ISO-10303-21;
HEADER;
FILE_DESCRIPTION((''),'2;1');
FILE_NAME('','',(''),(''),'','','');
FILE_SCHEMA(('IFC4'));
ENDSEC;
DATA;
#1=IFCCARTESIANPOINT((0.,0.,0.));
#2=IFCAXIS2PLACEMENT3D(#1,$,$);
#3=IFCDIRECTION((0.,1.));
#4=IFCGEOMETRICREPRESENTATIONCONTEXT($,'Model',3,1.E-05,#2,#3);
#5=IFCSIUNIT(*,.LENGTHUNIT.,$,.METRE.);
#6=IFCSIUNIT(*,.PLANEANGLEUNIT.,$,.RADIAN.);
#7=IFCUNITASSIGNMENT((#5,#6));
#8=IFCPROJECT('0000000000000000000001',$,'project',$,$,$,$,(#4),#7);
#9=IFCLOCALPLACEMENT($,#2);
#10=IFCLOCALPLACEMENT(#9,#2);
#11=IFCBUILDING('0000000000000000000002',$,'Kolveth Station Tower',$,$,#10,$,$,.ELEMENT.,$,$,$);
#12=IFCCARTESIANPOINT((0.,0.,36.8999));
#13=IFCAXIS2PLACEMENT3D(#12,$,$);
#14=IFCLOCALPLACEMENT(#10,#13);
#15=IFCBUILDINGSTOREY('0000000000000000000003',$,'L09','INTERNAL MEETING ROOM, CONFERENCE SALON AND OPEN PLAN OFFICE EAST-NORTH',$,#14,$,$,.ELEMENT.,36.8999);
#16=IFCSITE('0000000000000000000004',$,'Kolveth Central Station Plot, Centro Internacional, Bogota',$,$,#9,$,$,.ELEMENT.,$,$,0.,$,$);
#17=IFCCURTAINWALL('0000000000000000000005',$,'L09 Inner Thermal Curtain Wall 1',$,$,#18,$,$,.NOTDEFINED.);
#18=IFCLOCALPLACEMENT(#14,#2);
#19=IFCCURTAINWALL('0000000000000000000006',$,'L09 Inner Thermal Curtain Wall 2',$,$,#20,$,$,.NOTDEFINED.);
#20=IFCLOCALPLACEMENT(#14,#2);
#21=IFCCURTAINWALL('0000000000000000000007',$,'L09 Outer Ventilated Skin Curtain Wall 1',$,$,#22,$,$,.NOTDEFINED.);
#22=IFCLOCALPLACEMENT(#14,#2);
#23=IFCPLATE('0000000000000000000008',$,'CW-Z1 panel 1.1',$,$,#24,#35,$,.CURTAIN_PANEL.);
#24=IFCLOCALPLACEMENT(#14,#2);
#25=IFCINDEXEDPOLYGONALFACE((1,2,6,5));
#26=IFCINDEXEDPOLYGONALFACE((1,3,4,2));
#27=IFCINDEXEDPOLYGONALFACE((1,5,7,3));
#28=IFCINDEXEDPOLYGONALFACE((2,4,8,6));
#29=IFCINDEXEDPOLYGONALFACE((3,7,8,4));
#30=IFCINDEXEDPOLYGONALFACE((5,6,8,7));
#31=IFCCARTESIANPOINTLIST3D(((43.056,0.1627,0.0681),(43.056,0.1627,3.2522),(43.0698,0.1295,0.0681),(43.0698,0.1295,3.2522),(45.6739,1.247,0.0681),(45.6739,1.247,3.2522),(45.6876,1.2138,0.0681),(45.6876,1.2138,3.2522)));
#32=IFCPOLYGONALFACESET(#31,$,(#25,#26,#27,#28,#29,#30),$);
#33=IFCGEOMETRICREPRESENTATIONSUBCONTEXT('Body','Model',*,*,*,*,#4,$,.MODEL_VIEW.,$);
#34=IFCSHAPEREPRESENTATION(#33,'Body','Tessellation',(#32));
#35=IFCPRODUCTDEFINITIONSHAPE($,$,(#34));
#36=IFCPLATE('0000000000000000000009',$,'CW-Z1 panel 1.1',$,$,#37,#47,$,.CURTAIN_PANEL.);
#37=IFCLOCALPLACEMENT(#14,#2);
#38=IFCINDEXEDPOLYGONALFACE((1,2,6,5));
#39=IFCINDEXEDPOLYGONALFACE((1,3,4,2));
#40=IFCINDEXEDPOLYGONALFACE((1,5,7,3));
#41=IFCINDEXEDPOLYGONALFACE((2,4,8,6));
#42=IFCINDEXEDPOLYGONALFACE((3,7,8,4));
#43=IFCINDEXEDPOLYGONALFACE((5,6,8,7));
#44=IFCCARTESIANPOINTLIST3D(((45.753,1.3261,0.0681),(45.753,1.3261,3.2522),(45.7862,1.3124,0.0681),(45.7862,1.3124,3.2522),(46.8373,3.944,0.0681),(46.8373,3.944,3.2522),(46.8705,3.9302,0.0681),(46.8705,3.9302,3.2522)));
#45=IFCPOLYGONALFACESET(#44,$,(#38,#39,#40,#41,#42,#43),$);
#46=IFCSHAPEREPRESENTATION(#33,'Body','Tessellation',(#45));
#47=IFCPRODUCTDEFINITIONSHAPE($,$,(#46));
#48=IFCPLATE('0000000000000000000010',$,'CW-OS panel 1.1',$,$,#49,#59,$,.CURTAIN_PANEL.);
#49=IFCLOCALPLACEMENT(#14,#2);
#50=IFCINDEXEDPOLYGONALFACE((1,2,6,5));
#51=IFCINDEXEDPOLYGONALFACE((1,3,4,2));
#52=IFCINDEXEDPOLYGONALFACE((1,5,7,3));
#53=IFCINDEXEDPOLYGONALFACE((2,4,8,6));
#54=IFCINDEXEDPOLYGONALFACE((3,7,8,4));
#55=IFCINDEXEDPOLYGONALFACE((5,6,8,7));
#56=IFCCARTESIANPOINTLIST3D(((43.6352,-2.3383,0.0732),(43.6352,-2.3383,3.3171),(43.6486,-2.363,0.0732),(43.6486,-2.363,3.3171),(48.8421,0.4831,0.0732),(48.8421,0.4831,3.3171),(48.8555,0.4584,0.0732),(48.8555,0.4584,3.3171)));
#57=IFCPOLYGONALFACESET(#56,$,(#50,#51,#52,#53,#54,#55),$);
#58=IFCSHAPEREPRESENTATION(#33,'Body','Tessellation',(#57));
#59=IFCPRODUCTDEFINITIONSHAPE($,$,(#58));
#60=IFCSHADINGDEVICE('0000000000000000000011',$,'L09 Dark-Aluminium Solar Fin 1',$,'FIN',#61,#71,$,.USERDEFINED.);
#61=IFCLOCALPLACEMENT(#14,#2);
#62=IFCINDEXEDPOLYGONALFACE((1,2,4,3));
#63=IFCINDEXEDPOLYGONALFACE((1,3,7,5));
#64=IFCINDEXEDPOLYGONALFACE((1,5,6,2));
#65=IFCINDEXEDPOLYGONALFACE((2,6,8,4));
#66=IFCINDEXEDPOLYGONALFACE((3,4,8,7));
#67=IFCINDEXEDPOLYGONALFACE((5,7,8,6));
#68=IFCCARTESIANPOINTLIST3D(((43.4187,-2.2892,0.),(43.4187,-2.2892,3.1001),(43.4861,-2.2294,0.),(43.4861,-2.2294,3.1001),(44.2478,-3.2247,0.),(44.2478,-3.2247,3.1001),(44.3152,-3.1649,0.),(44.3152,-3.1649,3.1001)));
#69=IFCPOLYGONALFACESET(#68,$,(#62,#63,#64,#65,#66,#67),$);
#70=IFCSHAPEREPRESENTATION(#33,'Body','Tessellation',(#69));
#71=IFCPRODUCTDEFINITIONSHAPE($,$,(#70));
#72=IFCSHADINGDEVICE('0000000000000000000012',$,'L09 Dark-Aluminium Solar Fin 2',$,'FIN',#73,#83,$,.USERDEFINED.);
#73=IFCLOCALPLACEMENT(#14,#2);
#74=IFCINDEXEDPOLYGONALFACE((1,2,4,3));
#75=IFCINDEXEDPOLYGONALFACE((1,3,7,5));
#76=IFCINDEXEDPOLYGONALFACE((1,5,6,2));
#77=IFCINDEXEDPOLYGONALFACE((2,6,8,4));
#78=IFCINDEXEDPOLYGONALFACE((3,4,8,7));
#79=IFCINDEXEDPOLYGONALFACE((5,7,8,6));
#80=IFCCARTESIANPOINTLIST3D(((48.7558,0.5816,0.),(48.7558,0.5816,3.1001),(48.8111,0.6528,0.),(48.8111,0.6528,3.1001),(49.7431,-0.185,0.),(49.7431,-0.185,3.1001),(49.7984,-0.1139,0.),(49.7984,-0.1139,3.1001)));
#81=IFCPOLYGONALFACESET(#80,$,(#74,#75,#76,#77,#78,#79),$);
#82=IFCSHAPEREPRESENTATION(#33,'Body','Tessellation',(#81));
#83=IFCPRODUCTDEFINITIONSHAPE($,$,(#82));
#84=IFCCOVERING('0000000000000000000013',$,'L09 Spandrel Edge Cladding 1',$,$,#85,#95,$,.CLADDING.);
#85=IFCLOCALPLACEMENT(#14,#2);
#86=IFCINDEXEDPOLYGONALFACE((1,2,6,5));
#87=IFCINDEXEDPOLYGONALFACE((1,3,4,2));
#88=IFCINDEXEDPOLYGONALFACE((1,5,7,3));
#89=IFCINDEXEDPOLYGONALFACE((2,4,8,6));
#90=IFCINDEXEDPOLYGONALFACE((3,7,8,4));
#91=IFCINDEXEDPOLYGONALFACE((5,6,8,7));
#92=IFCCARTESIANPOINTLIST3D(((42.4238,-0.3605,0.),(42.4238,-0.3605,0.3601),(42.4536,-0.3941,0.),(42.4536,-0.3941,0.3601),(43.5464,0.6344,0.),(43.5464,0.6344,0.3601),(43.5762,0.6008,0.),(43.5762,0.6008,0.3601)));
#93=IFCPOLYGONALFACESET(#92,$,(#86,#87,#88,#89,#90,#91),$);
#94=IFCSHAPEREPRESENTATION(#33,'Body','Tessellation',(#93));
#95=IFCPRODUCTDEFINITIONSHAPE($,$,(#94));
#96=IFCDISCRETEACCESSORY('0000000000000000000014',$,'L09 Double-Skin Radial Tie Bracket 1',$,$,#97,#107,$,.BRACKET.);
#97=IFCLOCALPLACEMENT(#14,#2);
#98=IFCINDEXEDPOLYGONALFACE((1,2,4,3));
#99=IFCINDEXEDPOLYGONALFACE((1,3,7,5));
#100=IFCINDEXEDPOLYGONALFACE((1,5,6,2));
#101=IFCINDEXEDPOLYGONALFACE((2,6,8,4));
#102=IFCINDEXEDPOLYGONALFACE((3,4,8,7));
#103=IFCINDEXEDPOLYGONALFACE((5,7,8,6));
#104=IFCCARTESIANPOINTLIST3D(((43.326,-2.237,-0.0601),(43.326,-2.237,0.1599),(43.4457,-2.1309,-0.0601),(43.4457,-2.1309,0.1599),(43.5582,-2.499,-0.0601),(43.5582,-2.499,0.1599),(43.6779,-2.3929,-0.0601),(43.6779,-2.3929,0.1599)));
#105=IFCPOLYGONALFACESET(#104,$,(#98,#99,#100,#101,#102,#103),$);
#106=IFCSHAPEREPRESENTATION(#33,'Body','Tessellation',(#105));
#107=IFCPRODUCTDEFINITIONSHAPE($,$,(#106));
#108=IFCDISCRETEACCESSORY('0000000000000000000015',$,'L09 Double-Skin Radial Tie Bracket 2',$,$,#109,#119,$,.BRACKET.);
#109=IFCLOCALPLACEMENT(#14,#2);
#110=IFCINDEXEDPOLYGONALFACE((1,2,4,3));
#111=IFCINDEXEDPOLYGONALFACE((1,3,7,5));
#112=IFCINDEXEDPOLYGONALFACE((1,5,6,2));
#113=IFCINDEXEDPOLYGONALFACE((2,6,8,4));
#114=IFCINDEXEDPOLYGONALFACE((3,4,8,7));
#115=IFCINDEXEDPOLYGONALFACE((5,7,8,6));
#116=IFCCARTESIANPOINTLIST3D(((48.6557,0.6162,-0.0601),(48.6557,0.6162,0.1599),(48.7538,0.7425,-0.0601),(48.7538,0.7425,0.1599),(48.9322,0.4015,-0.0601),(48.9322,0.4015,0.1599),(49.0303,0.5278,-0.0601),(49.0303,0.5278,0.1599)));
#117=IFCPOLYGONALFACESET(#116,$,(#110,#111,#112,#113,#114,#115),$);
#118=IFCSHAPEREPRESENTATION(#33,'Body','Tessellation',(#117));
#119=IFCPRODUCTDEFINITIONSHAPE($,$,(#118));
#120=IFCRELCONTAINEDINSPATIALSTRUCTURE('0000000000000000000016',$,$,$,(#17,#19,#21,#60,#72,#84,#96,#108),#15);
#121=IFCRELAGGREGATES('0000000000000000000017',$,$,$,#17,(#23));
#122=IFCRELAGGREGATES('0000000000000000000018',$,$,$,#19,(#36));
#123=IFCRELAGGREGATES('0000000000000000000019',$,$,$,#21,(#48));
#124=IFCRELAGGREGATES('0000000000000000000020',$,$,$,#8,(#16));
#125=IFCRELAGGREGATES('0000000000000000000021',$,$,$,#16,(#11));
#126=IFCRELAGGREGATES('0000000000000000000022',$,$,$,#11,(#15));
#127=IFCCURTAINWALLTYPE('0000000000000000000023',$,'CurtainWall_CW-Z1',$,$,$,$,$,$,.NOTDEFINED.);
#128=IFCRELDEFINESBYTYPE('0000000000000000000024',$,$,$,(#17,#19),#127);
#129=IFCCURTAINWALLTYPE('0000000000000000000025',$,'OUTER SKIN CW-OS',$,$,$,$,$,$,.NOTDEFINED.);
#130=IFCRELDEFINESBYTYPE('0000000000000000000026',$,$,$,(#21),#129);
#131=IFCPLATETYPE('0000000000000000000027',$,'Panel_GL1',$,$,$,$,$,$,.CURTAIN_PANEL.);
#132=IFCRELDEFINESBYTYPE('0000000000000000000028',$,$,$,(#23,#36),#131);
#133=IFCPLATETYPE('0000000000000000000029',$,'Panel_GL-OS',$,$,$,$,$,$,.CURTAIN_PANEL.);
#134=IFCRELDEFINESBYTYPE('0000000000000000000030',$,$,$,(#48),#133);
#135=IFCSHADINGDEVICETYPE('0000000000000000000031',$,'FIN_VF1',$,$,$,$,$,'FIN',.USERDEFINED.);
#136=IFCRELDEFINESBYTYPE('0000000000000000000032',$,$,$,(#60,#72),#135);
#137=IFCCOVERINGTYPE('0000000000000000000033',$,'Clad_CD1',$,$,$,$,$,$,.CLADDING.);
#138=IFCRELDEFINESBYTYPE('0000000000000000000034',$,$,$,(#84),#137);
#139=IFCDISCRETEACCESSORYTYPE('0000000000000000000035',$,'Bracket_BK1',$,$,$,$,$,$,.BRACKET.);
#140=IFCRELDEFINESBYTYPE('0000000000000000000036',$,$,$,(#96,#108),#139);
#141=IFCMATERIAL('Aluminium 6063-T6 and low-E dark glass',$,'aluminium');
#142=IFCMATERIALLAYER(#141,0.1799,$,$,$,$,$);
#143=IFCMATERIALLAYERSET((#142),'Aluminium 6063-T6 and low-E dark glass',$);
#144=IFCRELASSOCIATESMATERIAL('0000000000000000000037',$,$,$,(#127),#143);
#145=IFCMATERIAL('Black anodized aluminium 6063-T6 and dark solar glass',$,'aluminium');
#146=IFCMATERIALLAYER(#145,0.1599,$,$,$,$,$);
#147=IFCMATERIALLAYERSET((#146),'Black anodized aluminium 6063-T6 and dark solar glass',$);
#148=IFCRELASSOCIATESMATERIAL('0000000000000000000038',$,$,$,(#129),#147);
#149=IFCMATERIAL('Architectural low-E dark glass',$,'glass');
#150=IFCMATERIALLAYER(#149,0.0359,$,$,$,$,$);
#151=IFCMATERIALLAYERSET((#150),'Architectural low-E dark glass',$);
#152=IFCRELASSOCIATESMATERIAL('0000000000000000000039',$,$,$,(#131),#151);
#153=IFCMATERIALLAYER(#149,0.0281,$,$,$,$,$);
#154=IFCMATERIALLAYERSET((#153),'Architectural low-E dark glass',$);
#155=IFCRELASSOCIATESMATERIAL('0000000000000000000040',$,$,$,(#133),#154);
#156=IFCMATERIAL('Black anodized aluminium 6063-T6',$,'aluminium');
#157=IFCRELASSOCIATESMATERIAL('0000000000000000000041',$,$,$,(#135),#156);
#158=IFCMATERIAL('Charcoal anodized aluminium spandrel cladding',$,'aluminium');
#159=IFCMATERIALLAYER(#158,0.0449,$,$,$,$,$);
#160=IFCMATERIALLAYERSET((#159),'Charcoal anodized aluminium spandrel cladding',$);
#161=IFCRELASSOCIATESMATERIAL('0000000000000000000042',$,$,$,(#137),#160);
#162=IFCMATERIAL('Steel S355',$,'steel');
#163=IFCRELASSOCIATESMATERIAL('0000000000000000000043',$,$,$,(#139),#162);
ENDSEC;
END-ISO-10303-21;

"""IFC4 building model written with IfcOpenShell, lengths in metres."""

from ifc_helpers import new_model, si_unit, direction, frame, origin, origin_2d, place, context, subcontext, project, spatial, rectangle, extrude, source, transform, mapped, material, layer, layer_set, type_object, element, aggregate, save


model = new_model("IFC4")

# Units and contexts
model_context = context("Model", 3, precision=1e-05, world=origin(), true_north=direction((0.0, 1.0)))
body_context = subcontext(model_context, "Body", "Model", "MODEL_VIEW")
ifc_project = project(units=[si_unit("LENGTHUNIT", "METRE"), si_unit("PLANEANGLEUNIT", "RADIAN")], contexts=[model_context])

# Site, building, storey
site_placement = place(None, origin())
site = spatial("IfcSite", under=ifc_project, at=site_placement, Name="Kolveth Central Station Plot, Centro Internacional, Bogota", CompositionType="ELEMENT", RefElevation=0.0)
building_placement = place(site_placement, origin())
building = spatial("IfcBuilding", under=site, at=building_placement, Name="Kolveth Station Tower", CompositionType="ELEMENT")
storey_placement = place(building_placement, frame((0.0, 0.0, 36.8999)))
storey = spatial("IfcBuildingStorey", under=building, at=storey_placement, Name="L09", Description="INTERNAL MEETING ROOM, CONFERENCE SALON AND OPEN PLAN OFFICE EAST-NORTH", CompositionType="ELEMENT", Elevation=36.8999)

# Shared definitions
ifc_material_1 = material(Name="Steel S355", Category="steel")

# Curtain walls
ifc_material_2 = material(Name="Aluminium 6063-T6 and low-E dark glass", Category="aluminium")
ifc_layer_1 = layer(ifc_material_2, 0.1799)
ifc_layer_set_1 = layer_set([ifc_layer_1], Name="Aluminium 6063-T6 and low-E dark glass")
curtain_wall_type_1 = type_object("IfcCurtainWallType", Name="CurtainWall_CW-Z1", PredefinedType="NOTDEFINED", material=ifc_layer_set_1)
curtain_wall_1_placement = place(storey_placement, origin())
curtain_wall_1 = element("IfcCurtainWall", 1, at=curtain_wall_1_placement, inside=storey, type_object=curtain_wall_type_1, Name="L09 Inner Thermal Curtain Wall 1", PredefinedType="NOTDEFINED")
ifc_material_3 = material(Name="Black anodized aluminium 6063-T6", Category="aluminium")
curtain_wall_2_placement = place(storey_placement, origin())
curtain_wall_2 = element("IfcCurtainWall", 2, at=curtain_wall_2_placement, inside=storey, type_object=curtain_wall_type_1, Name="L09 Inner Thermal Curtain Wall 2", PredefinedType="NOTDEFINED")

# Curtain wall
ifc_material_4 = material(Name="Black anodized aluminium 6063-T6 and dark solar glass", Category="aluminium")
ifc_layer_2 = layer(ifc_material_4, 0.1599)
ifc_layer_set_2 = layer_set([ifc_layer_2], Name="Black anodized aluminium 6063-T6 and dark solar glass")
curtain_wall_type_2 = type_object("IfcCurtainWallType", Name="OUTER SKIN CW-OS", PredefinedType="NOTDEFINED", material=ifc_layer_set_2)
curtain_wall_3_placement = place(storey_placement, origin())
curtain_wall_3 = element("IfcCurtainWall", 3, at=curtain_wall_3_placement, inside=storey, type_object=curtain_wall_type_2, Name="L09 Outer Ventilated Skin Curtain Wall 1", PredefinedType="NOTDEFINED")

# Plates
ifc_material_5 = material(Name="Architectural low-E dark glass", Category="glass")
ifc_layer_3 = layer(ifc_material_5, 0.0359)
ifc_layer_set_3 = layer_set([ifc_layer_3], Name="Architectural low-E dark glass")
plate_type_1 = type_object("IfcPlateType", Name="Panel_GL1", PredefinedType="CURTAIN_PANEL", material=ifc_layer_set_3)
shared_shape_1 = source(origin(), body_context, "Body", "SweptSolid", [
    extrude(rectangle(XDim=2.8335, YDim=0.0359, at=origin_2d()), origin(), (0.0, 0.0, 1.0), 3.1841),
])
plate_1_placement = place(storey_placement, frame((44.3718, 0.6882, 0.0681), z_axis=(0.0, 0.0, 1.0), x_axis=(0.923884, 0.382673, 0.0)))
plate_1 = element("IfcPlate", 4, at=plate_1_placement, type_object=plate_type_1, Name="CW-Z1 panel 1.1", PredefinedType="CURTAIN_PANEL", context=body_context, shape_type="MappedRepresentation", body=[
    mapped(shared_shape_1, transform((0.0, 0.0, 0.0), x_axis=(1.0, 0.0, 0.0), y_axis=(0.0, 1.0, 0.0), z_axis=(0.0, 0.0, 1.0), scale=1.0)),
])
aggregate(curtain_wall_1, [plate_1])
plate_2_placement = place(storey_placement, frame((46.3118, 2.6282, 0.0681), z_axis=(0.0, 0.0, 1.0), x_axis=(0.382673, 0.923884, 0.0)))
plate_2 = element("IfcPlate", 5, at=plate_2_placement, type_object=plate_type_1, Name="CW-Z1 panel 1.1", PredefinedType="CURTAIN_PANEL", context=body_context, shape_type="MappedRepresentation", body=[
    mapped(shared_shape_1, transform((0.0, 0.0, 0.0), x_axis=(1.0, 0.0, 0.0), y_axis=(0.0, 1.0, 0.0), z_axis=(0.0, 0.0, 1.0), scale=1.0)),
])
aggregate(curtain_wall_2, [plate_2])
ifc_layer_4 = layer(ifc_material_5, 0.0281)
ifc_layer_set_4 = layer_set([ifc_layer_4], Name="Architectural low-E dark glass")
plate_type_2 = type_object("IfcPlateType", Name="Panel_GL-OS", PredefinedType="CURTAIN_PANEL", material=ifc_layer_set_4)
shared_shape_2 = source(origin(), body_context, "Body", "SweptSolid", [
    extrude(rectangle(XDim=5.9221, YDim=0.0281, at=origin_2d()), origin(), (0.0, 0.0, 1.0), 3.2439),
])
plate_3_placement = place(storey_placement, frame((46.2454, -0.9399, 0.0732), z_axis=(0.0, 0.0, 1.0), x_axis=(0.879222, 0.476412, 0.0)))
plate_3 = element("IfcPlate", 6, at=plate_3_placement, type_object=plate_type_2, Name="CW-OS panel 1.1", PredefinedType="CURTAIN_PANEL", context=body_context, shape_type="MappedRepresentation", body=[
    mapped(shared_shape_2, transform((0.0, 0.0, 0.0), x_axis=(1.0, 0.0, 0.0), y_axis=(0.0, 1.0, 0.0), z_axis=(0.0, 0.0, 1.0), scale=1.0)),
])
aggregate(curtain_wall_3, [plate_3])

# Shading devices
shading_device_type = type_object("IfcShadingDeviceType", Name="FIN_VF1", ElementType="FIN", PredefinedType="USERDEFINED", material=ifc_material_3)
shared_shape_3 = source(origin(), body_context, "Body", "SweptSolid", [
    extrude(rectangle(XDim=1.25, YDim=0.0901, at=origin_2d()), origin(), (0.0, 0.0, 1.0), 3.1001),
])
for number, where, z_axis, x_axis, name in (
    (7, (43.8669, -2.7271, 0.0), (0.0, 0.0, 1.0), (0.663273, -0.748377, 0.0), "L09 Dark-Aluminium Solar Fin 1"),
    (8, (49.2771, 0.2339, 0.0), (0.0, 0.0, 1.0), (0.789834, -0.613321, 0.0), "L09 Dark-Aluminium Solar Fin 2"),
):
    element("IfcShadingDevice", number, at=place(storey_placement, frame(where, z_axis=z_axis, x_axis=x_axis)), inside=storey, type_object=shading_device_type, Name=name, ObjectType="FIN", PredefinedType="USERDEFINED", context=body_context, shape_type="MappedRepresentation", body=[
        mapped(shared_shape_3, transform((0.0, 0.0, 0.0), x_axis=(1.0, 0.0, 0.0), y_axis=(0.0, 1.0, 0.0), z_axis=(0.0, 0.0, 1.0), scale=1.0)),
    ])

# Covering
ifc_material_6 = material(Name="Charcoal anodized aluminium spandrel cladding", Category="aluminium")
ifc_layer_5 = layer(ifc_material_6, 0.0449)
ifc_layer_set_5 = layer_set([ifc_layer_5], Name="Charcoal anodized aluminium spandrel cladding")
covering_type = type_object("IfcCoveringType", Name="Clad_CD1", PredefinedType="CLADDING", material=ifc_layer_set_5)
shared_shape_4 = source(origin(), body_context, "Body", "SweptSolid", [
    extrude(rectangle(XDim=1.5, YDim=0.0449, at=origin_2d()), origin(), (0.0, 0.0, 1.0), 0.3601),
])
covering_placement = place(storey_placement, frame((43.0, 0.1201, 0.0), z_axis=(0.0, 0.0, 1.0), x_axis=(0.748377, 0.663273, 0.0)))
element("IfcCovering", 9, at=covering_placement, inside=storey, type_object=covering_type, Name="L09 Spandrel Edge Cladding 1", PredefinedType="CLADDING", context=body_context, shape_type="MappedRepresentation", body=[
    mapped(shared_shape_4, transform((0.0, 0.0, 0.0), x_axis=(1.0, 0.0, 0.0), y_axis=(0.0, 1.0, 0.0), z_axis=(0.0, 0.0, 1.0), scale=1.0)),
])

# Discrete accessories
discrete_accessory_type = type_object("IfcDiscreteAccessoryType", Name="Bracket_BK1", PredefinedType="BRACKET", material=ifc_material_1)
shared_shape_5 = source(origin(), body_context, "Body", "SweptSolid", [
    extrude(rectangle(XDim=0.3501, YDim=0.1599, at=origin_2d()), origin(), (0.0, 0.0, 1.0), 0.22),
])
for number, where, z_axis, x_axis, name in (
    (10, (43.502, -2.3149, -0.0601), (0.0, 0.0, 1.0), (0.663273, -0.748377, 0.0), "L09 Double-Skin Radial Tie Bracket 1"),
    (11, (48.843, 0.572, -0.0601), (0.0, 0.0, 1.0), (0.789834, -0.613321, 0.0), "L09 Double-Skin Radial Tie Bracket 2"),
):
    element("IfcDiscreteAccessory", number, at=place(storey_placement, frame(where, z_axis=z_axis, x_axis=x_axis)), inside=storey, type_object=discrete_accessory_type, Name=name, PredefinedType="BRACKET", context=body_context, shape_type="MappedRepresentation", body=[
        mapped(shared_shape_5, transform((0.0, 0.0, 0.0), x_axis=(1.0, 0.0, 0.0), y_axis=(0.0, 1.0, 0.0), z_axis=(0.0, 0.0, 1.0), scale=1.0)),
    ])

save(model, "model.ifc")
